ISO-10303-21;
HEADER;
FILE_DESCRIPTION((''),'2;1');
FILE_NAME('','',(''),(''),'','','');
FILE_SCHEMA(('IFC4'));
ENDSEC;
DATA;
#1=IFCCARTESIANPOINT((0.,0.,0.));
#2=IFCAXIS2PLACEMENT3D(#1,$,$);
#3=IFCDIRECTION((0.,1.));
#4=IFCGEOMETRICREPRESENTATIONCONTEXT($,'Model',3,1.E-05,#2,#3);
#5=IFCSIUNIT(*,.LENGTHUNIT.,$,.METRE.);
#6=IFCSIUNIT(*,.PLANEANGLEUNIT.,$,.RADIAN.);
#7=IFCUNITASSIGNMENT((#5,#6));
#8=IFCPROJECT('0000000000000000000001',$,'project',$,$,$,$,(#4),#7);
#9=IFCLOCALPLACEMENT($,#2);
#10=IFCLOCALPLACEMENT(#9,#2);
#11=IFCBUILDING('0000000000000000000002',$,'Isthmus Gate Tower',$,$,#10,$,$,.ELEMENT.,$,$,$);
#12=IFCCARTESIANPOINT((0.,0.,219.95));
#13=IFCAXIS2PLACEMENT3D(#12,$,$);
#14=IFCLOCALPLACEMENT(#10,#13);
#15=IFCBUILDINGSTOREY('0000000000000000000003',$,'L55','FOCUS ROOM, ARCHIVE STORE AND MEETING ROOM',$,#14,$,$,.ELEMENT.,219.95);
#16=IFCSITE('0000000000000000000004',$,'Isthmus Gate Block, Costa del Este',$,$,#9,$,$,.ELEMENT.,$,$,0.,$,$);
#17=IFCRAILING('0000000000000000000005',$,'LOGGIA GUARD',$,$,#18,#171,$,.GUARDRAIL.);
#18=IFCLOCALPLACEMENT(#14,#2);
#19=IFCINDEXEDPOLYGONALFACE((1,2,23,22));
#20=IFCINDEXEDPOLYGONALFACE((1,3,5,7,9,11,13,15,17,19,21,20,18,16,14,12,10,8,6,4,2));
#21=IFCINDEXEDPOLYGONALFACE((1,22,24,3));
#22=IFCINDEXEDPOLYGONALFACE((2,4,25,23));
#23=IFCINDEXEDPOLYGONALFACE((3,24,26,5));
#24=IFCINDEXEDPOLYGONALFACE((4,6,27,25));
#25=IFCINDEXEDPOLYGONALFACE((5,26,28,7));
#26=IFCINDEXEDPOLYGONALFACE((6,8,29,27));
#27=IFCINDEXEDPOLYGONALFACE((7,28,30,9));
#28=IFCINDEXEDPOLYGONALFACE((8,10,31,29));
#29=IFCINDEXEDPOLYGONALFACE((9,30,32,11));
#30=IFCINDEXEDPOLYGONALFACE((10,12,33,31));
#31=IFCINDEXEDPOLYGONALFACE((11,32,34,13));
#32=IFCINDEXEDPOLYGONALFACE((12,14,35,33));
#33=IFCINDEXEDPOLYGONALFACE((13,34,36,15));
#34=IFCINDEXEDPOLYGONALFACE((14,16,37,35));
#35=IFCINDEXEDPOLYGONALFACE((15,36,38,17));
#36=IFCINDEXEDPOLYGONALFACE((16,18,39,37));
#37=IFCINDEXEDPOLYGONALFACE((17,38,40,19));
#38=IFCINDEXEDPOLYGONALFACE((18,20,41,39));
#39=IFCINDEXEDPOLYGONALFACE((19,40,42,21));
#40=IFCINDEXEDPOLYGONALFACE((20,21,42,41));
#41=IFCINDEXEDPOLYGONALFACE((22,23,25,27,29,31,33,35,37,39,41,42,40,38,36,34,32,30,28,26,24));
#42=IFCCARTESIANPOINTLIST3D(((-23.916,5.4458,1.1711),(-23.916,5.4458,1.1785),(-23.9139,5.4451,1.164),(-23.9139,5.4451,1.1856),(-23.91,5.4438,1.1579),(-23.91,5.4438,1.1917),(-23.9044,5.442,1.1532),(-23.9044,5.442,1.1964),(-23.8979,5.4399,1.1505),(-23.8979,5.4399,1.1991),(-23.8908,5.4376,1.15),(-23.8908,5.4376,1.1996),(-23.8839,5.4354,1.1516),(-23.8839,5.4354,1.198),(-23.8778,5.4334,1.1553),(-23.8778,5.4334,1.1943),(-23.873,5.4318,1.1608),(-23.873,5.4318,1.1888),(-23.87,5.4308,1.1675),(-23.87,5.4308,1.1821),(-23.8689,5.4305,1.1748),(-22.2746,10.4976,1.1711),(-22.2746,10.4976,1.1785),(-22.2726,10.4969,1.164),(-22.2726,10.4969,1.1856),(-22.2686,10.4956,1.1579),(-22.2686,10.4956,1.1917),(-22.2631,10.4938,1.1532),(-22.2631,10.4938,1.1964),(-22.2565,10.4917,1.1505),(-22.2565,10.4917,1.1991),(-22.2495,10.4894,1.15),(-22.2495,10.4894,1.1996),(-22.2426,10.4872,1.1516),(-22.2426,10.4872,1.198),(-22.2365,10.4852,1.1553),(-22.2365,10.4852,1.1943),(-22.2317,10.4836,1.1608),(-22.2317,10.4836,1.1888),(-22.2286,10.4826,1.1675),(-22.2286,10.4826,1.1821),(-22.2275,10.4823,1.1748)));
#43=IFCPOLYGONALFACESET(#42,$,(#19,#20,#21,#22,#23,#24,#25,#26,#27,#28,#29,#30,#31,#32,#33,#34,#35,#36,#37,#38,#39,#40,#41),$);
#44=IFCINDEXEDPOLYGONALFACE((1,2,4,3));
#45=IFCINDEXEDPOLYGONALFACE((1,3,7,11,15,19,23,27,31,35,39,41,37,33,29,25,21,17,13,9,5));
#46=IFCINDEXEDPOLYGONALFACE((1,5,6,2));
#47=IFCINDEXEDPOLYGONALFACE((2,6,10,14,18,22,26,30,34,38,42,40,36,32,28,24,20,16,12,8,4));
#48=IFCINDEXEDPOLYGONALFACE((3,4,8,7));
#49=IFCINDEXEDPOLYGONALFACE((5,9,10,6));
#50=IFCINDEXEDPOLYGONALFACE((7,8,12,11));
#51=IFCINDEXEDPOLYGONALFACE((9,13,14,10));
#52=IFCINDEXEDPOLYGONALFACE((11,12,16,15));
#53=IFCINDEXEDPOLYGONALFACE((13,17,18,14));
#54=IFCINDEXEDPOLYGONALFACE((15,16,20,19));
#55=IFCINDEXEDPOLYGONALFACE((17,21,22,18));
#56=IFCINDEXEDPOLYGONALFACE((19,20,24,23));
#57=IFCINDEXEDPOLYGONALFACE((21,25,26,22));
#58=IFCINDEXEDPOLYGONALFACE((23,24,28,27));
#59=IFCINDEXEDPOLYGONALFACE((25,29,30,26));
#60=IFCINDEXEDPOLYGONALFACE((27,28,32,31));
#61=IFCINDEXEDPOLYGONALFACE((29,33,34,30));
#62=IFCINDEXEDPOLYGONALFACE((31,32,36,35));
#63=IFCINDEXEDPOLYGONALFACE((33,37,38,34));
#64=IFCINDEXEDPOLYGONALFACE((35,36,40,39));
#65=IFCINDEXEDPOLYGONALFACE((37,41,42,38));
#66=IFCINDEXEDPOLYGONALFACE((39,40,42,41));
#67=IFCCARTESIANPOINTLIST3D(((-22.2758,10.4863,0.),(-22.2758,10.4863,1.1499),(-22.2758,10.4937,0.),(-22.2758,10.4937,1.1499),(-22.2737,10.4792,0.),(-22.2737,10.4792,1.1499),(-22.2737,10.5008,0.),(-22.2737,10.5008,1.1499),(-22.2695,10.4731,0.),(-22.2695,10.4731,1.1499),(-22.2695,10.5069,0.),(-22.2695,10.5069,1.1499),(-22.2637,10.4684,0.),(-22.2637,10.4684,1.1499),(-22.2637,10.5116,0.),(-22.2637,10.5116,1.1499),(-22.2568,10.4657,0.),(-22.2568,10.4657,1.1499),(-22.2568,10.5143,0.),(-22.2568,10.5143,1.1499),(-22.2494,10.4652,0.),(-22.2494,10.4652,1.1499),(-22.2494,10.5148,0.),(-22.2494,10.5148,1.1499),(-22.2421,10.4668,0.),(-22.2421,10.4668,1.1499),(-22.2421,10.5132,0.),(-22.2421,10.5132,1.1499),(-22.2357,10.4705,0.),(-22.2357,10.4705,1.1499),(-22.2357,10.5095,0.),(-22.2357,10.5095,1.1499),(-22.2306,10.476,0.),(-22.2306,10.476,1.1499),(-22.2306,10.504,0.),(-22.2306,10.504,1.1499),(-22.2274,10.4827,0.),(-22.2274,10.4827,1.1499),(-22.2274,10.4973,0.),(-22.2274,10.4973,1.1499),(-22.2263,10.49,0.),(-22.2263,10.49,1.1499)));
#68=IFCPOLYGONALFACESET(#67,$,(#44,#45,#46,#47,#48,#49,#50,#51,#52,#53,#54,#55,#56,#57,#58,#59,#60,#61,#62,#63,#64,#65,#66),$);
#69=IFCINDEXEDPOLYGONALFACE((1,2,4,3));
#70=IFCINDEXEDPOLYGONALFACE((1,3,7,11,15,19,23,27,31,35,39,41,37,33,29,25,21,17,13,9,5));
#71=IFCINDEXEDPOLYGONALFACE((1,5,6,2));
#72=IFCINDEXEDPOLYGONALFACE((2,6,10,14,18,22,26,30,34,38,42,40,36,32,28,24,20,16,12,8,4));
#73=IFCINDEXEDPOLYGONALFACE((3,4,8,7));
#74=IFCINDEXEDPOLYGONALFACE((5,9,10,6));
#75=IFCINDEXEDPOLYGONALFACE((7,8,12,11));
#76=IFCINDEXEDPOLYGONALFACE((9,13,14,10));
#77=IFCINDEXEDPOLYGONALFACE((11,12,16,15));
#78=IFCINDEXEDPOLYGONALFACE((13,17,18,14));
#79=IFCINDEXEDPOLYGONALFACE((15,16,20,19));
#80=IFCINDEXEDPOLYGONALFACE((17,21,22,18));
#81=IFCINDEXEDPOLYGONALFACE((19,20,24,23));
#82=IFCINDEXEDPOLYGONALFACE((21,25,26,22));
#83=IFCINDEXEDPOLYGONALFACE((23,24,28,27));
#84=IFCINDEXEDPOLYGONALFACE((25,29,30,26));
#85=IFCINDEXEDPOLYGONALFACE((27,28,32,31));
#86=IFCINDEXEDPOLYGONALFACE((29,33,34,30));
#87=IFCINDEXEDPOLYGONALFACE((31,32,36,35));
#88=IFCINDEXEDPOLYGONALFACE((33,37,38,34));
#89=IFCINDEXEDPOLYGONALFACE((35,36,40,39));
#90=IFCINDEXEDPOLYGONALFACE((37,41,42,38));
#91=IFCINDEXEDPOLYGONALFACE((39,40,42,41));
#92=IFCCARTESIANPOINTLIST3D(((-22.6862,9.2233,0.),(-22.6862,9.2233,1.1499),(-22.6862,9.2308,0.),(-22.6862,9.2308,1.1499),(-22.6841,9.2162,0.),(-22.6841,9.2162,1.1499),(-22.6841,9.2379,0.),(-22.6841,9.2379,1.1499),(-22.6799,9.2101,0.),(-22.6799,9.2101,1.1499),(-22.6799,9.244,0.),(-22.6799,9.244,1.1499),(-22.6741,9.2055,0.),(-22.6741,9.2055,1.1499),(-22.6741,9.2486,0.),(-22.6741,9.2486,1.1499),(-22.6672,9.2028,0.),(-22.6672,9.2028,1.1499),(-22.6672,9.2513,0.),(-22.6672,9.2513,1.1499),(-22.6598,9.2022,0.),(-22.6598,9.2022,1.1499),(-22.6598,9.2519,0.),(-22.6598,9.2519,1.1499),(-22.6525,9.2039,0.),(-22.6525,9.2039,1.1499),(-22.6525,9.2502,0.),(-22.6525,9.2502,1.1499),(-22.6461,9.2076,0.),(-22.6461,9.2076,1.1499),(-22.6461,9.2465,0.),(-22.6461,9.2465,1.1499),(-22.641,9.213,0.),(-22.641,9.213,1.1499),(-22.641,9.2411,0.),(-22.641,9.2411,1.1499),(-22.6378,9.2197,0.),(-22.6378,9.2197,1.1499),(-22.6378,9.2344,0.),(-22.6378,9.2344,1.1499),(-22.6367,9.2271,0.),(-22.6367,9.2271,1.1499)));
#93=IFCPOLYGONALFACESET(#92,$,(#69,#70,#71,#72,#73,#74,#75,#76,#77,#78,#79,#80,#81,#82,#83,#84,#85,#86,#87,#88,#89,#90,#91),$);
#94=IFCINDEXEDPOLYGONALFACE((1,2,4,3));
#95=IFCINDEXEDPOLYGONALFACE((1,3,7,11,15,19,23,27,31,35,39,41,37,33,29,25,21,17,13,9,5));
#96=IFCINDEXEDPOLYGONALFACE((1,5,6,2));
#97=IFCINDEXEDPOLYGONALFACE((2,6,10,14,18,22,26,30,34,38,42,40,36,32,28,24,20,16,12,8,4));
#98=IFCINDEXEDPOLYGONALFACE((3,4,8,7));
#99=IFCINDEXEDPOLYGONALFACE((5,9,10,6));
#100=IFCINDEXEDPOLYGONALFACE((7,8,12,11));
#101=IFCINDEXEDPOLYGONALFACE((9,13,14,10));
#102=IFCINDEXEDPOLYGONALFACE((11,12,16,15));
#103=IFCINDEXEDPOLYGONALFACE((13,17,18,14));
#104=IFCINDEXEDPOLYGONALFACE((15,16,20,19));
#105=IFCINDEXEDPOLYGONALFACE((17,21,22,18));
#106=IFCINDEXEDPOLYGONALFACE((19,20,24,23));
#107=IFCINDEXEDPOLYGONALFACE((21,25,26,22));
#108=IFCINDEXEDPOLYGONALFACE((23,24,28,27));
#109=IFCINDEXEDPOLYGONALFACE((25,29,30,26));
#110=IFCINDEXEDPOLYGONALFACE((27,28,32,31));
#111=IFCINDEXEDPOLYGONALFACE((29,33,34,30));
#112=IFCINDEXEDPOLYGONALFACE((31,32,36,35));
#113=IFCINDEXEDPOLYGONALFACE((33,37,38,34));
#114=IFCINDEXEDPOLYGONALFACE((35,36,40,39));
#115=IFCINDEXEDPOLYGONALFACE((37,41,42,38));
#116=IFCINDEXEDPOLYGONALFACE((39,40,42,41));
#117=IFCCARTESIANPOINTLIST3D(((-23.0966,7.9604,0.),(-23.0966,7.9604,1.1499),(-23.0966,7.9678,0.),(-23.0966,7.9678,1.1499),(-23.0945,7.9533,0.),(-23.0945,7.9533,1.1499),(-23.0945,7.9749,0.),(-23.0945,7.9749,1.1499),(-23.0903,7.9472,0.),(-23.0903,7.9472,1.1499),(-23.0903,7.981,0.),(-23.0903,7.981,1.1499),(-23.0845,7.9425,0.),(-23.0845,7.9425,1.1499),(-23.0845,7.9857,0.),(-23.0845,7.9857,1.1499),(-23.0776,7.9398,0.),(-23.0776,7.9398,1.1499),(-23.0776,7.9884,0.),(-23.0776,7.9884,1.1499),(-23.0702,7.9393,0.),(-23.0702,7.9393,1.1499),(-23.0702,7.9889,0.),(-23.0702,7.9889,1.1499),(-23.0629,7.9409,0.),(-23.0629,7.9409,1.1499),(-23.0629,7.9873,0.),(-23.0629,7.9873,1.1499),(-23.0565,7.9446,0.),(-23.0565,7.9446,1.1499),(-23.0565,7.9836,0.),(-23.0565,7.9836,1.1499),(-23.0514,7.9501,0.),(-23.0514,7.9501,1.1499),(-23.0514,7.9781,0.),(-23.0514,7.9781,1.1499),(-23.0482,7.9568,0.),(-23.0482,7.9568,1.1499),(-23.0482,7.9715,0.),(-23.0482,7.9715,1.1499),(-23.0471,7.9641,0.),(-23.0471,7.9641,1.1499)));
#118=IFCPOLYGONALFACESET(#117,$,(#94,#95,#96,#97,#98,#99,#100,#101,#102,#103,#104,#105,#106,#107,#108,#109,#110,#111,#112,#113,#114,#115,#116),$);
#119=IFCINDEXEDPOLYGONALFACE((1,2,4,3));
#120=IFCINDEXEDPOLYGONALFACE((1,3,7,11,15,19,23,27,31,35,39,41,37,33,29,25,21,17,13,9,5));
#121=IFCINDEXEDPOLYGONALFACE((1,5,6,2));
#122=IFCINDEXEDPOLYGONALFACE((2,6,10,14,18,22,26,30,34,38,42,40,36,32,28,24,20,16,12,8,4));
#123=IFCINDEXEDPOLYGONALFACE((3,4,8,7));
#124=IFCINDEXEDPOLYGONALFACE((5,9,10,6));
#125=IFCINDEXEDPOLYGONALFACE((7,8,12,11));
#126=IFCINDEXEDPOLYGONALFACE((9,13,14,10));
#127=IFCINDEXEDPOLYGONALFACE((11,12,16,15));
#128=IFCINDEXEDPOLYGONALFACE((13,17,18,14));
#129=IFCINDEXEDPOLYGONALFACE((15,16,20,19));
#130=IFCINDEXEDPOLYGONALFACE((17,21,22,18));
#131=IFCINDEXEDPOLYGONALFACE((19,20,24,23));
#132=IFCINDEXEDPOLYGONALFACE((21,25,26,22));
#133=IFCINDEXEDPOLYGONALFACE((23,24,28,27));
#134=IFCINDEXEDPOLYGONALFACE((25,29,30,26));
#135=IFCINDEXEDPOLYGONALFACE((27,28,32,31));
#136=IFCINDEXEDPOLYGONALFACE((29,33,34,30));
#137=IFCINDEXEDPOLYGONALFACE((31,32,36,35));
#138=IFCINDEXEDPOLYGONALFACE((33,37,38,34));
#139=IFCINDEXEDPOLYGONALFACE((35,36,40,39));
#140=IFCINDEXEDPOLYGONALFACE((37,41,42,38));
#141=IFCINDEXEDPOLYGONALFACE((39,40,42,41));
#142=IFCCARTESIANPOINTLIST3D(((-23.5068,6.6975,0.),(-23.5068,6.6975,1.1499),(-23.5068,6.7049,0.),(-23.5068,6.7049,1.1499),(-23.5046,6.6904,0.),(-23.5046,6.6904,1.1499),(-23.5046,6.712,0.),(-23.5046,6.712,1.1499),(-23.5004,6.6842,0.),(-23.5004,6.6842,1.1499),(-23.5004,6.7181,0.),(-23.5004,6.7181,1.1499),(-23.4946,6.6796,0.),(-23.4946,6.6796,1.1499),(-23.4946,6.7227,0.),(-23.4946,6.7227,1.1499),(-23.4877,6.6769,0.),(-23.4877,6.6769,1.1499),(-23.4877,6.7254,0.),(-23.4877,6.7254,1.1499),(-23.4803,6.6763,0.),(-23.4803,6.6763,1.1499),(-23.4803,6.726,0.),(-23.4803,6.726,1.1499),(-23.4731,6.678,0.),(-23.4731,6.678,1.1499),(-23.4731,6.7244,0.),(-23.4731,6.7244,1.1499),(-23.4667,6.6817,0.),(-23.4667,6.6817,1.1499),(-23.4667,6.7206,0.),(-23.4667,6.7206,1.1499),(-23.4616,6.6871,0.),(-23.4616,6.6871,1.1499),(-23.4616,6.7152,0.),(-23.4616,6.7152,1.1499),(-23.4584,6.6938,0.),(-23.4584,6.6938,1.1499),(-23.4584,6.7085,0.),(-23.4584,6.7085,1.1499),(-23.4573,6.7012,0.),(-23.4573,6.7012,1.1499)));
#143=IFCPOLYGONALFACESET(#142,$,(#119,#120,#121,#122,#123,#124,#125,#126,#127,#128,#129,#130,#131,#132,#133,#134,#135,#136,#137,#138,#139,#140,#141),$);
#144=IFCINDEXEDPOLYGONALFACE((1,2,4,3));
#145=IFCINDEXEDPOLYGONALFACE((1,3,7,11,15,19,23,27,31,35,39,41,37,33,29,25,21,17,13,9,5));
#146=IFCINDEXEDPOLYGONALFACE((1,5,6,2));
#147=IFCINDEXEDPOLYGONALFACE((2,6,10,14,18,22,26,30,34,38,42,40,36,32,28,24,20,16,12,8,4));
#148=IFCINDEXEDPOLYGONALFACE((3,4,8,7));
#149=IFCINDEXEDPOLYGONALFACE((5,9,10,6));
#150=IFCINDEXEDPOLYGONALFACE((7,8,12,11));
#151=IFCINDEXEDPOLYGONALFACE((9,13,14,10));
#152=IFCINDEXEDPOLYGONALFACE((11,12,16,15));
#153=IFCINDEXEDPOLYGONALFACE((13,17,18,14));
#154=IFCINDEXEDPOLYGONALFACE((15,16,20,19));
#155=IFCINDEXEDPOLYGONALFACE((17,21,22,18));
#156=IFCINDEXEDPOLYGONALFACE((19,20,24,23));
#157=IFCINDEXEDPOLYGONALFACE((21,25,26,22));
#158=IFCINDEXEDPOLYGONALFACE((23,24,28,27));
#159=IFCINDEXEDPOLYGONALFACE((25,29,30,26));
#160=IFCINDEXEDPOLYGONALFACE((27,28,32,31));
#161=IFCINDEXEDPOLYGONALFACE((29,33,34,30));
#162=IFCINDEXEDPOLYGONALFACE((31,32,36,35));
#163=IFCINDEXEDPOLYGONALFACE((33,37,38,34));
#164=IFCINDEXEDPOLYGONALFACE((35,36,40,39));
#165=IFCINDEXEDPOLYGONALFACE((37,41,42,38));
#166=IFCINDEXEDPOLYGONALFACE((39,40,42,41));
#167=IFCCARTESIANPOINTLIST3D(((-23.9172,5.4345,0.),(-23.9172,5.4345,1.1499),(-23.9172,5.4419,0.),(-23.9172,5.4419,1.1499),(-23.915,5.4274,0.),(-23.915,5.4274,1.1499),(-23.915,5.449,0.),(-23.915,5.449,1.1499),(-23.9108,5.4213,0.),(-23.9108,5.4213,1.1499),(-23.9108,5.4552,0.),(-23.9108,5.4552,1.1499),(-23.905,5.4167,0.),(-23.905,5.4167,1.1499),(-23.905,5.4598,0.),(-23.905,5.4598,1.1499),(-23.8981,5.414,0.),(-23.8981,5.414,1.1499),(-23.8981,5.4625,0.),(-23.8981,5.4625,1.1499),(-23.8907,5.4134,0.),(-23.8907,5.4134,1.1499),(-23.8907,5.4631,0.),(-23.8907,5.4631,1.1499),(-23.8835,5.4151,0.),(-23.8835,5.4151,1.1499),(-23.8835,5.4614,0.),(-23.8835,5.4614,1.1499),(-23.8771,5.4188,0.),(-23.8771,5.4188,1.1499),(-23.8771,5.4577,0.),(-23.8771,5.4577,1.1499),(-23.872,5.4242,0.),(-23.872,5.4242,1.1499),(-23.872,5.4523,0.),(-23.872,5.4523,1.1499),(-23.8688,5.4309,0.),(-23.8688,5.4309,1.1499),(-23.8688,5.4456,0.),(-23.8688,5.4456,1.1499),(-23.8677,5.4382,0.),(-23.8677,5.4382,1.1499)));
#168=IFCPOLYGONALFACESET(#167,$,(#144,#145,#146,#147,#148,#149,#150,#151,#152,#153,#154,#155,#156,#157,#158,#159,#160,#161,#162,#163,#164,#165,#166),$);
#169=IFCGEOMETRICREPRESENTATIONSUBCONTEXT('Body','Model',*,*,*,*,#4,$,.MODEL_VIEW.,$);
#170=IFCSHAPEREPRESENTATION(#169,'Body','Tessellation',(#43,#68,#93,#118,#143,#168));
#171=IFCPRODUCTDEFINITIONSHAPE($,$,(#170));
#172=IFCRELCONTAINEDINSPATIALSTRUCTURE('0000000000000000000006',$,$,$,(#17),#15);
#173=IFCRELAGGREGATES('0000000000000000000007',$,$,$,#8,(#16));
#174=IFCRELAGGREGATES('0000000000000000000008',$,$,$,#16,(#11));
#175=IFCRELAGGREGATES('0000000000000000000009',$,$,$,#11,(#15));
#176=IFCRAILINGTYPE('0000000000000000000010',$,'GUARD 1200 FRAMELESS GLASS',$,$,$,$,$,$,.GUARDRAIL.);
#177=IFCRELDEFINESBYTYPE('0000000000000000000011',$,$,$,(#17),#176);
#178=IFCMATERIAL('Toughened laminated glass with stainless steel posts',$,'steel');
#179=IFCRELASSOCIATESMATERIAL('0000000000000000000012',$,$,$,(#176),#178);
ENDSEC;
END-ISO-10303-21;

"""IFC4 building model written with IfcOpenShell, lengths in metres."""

from ifc_helpers import new_model, si_unit, direction, frame, origin, origin_2d, place, context, subcontext, project, spatial, circle, extrude, material, type_object, element, save


model = new_model("IFC4")

# Units and contexts
model_context = context("Model", 3, precision=1e-05, world=origin(), true_north=direction((0.0, 1.0)))
body_context = subcontext(model_context, "Body", "Model", "MODEL_VIEW")
ifc_project = project(units=[si_unit("LENGTHUNIT", "METRE"), si_unit("PLANEANGLEUNIT", "RADIAN")], contexts=[model_context])

# Site, building, storey
site_placement = place(None, origin())
site = spatial("IfcSite", under=ifc_project, at=site_placement, Name="Isthmus Gate Block, Costa del Este", CompositionType="ELEMENT", RefElevation=0.0)
building_placement = place(site_placement, origin())
building = spatial("IfcBuilding", under=site, at=building_placement, Name="Isthmus Gate Tower", CompositionType="ELEMENT")
storey_placement = place(building_placement, frame((0.0, 0.0, 219.95)))
storey = spatial("IfcBuildingStorey", under=building, at=storey_placement, Name="L55", Description="FOCUS ROOM, ARCHIVE STORE AND MEETING ROOM", CompositionType="ELEMENT", Elevation=219.95)

# Railing
ifc_material_1 = material(Name="Toughened laminated glass with stainless steel posts", Category="steel")
railing_type = type_object("IfcRailingType", Name="GUARD 1200 FRAMELESS GLASS", PredefinedType="GUARDRAIL", material=ifc_material_1)
railing_placement = place(storey_placement, frame((-22.2512, 10.49, 0.0)))
element("IfcRailing", 1, at=railing_placement, inside=storey, type_object=railing_type, Name="LOGGIA GUARD", PredefinedType="GUARDRAIL", context=body_context, shape_type="SweptSolid", body=[
    extrude(circle(Radius=0.0249, at=origin_2d()), frame((0.0, 0.0, 1.1748), z_axis=(-0.309007, -0.95106, 0.0), x_axis=(0.95106, -0.309007, 0.0)), (0.0, 0.0, 1.0), 5.3118),
    extrude(circle(Radius=0.0249, at=origin_2d()), origin(), (0.0, 0.0, 1.0), 1.1499),
    extrude(circle(Radius=0.0249, at=origin_2d()), frame((-0.4104, -1.2629, 0.0)), (0.0, 0.0, 1.0), 1.1499),
    extrude(circle(Radius=0.0249, at=origin_2d()), frame((-0.8208, -2.5259, 0.0)), (0.0, 0.0, 1.0), 1.1499),
    extrude(circle(Radius=0.0249, at=origin_2d()), frame((-1.231, -3.7888, 0.0)), (0.0, 0.0, 1.0), 1.1499),
    extrude(circle(Radius=0.0249, at=origin_2d()), frame((-1.6414, -5.0518, 0.0)), (0.0, 0.0, 1.0), 1.1499),
])

save(model, "model.ifc")
